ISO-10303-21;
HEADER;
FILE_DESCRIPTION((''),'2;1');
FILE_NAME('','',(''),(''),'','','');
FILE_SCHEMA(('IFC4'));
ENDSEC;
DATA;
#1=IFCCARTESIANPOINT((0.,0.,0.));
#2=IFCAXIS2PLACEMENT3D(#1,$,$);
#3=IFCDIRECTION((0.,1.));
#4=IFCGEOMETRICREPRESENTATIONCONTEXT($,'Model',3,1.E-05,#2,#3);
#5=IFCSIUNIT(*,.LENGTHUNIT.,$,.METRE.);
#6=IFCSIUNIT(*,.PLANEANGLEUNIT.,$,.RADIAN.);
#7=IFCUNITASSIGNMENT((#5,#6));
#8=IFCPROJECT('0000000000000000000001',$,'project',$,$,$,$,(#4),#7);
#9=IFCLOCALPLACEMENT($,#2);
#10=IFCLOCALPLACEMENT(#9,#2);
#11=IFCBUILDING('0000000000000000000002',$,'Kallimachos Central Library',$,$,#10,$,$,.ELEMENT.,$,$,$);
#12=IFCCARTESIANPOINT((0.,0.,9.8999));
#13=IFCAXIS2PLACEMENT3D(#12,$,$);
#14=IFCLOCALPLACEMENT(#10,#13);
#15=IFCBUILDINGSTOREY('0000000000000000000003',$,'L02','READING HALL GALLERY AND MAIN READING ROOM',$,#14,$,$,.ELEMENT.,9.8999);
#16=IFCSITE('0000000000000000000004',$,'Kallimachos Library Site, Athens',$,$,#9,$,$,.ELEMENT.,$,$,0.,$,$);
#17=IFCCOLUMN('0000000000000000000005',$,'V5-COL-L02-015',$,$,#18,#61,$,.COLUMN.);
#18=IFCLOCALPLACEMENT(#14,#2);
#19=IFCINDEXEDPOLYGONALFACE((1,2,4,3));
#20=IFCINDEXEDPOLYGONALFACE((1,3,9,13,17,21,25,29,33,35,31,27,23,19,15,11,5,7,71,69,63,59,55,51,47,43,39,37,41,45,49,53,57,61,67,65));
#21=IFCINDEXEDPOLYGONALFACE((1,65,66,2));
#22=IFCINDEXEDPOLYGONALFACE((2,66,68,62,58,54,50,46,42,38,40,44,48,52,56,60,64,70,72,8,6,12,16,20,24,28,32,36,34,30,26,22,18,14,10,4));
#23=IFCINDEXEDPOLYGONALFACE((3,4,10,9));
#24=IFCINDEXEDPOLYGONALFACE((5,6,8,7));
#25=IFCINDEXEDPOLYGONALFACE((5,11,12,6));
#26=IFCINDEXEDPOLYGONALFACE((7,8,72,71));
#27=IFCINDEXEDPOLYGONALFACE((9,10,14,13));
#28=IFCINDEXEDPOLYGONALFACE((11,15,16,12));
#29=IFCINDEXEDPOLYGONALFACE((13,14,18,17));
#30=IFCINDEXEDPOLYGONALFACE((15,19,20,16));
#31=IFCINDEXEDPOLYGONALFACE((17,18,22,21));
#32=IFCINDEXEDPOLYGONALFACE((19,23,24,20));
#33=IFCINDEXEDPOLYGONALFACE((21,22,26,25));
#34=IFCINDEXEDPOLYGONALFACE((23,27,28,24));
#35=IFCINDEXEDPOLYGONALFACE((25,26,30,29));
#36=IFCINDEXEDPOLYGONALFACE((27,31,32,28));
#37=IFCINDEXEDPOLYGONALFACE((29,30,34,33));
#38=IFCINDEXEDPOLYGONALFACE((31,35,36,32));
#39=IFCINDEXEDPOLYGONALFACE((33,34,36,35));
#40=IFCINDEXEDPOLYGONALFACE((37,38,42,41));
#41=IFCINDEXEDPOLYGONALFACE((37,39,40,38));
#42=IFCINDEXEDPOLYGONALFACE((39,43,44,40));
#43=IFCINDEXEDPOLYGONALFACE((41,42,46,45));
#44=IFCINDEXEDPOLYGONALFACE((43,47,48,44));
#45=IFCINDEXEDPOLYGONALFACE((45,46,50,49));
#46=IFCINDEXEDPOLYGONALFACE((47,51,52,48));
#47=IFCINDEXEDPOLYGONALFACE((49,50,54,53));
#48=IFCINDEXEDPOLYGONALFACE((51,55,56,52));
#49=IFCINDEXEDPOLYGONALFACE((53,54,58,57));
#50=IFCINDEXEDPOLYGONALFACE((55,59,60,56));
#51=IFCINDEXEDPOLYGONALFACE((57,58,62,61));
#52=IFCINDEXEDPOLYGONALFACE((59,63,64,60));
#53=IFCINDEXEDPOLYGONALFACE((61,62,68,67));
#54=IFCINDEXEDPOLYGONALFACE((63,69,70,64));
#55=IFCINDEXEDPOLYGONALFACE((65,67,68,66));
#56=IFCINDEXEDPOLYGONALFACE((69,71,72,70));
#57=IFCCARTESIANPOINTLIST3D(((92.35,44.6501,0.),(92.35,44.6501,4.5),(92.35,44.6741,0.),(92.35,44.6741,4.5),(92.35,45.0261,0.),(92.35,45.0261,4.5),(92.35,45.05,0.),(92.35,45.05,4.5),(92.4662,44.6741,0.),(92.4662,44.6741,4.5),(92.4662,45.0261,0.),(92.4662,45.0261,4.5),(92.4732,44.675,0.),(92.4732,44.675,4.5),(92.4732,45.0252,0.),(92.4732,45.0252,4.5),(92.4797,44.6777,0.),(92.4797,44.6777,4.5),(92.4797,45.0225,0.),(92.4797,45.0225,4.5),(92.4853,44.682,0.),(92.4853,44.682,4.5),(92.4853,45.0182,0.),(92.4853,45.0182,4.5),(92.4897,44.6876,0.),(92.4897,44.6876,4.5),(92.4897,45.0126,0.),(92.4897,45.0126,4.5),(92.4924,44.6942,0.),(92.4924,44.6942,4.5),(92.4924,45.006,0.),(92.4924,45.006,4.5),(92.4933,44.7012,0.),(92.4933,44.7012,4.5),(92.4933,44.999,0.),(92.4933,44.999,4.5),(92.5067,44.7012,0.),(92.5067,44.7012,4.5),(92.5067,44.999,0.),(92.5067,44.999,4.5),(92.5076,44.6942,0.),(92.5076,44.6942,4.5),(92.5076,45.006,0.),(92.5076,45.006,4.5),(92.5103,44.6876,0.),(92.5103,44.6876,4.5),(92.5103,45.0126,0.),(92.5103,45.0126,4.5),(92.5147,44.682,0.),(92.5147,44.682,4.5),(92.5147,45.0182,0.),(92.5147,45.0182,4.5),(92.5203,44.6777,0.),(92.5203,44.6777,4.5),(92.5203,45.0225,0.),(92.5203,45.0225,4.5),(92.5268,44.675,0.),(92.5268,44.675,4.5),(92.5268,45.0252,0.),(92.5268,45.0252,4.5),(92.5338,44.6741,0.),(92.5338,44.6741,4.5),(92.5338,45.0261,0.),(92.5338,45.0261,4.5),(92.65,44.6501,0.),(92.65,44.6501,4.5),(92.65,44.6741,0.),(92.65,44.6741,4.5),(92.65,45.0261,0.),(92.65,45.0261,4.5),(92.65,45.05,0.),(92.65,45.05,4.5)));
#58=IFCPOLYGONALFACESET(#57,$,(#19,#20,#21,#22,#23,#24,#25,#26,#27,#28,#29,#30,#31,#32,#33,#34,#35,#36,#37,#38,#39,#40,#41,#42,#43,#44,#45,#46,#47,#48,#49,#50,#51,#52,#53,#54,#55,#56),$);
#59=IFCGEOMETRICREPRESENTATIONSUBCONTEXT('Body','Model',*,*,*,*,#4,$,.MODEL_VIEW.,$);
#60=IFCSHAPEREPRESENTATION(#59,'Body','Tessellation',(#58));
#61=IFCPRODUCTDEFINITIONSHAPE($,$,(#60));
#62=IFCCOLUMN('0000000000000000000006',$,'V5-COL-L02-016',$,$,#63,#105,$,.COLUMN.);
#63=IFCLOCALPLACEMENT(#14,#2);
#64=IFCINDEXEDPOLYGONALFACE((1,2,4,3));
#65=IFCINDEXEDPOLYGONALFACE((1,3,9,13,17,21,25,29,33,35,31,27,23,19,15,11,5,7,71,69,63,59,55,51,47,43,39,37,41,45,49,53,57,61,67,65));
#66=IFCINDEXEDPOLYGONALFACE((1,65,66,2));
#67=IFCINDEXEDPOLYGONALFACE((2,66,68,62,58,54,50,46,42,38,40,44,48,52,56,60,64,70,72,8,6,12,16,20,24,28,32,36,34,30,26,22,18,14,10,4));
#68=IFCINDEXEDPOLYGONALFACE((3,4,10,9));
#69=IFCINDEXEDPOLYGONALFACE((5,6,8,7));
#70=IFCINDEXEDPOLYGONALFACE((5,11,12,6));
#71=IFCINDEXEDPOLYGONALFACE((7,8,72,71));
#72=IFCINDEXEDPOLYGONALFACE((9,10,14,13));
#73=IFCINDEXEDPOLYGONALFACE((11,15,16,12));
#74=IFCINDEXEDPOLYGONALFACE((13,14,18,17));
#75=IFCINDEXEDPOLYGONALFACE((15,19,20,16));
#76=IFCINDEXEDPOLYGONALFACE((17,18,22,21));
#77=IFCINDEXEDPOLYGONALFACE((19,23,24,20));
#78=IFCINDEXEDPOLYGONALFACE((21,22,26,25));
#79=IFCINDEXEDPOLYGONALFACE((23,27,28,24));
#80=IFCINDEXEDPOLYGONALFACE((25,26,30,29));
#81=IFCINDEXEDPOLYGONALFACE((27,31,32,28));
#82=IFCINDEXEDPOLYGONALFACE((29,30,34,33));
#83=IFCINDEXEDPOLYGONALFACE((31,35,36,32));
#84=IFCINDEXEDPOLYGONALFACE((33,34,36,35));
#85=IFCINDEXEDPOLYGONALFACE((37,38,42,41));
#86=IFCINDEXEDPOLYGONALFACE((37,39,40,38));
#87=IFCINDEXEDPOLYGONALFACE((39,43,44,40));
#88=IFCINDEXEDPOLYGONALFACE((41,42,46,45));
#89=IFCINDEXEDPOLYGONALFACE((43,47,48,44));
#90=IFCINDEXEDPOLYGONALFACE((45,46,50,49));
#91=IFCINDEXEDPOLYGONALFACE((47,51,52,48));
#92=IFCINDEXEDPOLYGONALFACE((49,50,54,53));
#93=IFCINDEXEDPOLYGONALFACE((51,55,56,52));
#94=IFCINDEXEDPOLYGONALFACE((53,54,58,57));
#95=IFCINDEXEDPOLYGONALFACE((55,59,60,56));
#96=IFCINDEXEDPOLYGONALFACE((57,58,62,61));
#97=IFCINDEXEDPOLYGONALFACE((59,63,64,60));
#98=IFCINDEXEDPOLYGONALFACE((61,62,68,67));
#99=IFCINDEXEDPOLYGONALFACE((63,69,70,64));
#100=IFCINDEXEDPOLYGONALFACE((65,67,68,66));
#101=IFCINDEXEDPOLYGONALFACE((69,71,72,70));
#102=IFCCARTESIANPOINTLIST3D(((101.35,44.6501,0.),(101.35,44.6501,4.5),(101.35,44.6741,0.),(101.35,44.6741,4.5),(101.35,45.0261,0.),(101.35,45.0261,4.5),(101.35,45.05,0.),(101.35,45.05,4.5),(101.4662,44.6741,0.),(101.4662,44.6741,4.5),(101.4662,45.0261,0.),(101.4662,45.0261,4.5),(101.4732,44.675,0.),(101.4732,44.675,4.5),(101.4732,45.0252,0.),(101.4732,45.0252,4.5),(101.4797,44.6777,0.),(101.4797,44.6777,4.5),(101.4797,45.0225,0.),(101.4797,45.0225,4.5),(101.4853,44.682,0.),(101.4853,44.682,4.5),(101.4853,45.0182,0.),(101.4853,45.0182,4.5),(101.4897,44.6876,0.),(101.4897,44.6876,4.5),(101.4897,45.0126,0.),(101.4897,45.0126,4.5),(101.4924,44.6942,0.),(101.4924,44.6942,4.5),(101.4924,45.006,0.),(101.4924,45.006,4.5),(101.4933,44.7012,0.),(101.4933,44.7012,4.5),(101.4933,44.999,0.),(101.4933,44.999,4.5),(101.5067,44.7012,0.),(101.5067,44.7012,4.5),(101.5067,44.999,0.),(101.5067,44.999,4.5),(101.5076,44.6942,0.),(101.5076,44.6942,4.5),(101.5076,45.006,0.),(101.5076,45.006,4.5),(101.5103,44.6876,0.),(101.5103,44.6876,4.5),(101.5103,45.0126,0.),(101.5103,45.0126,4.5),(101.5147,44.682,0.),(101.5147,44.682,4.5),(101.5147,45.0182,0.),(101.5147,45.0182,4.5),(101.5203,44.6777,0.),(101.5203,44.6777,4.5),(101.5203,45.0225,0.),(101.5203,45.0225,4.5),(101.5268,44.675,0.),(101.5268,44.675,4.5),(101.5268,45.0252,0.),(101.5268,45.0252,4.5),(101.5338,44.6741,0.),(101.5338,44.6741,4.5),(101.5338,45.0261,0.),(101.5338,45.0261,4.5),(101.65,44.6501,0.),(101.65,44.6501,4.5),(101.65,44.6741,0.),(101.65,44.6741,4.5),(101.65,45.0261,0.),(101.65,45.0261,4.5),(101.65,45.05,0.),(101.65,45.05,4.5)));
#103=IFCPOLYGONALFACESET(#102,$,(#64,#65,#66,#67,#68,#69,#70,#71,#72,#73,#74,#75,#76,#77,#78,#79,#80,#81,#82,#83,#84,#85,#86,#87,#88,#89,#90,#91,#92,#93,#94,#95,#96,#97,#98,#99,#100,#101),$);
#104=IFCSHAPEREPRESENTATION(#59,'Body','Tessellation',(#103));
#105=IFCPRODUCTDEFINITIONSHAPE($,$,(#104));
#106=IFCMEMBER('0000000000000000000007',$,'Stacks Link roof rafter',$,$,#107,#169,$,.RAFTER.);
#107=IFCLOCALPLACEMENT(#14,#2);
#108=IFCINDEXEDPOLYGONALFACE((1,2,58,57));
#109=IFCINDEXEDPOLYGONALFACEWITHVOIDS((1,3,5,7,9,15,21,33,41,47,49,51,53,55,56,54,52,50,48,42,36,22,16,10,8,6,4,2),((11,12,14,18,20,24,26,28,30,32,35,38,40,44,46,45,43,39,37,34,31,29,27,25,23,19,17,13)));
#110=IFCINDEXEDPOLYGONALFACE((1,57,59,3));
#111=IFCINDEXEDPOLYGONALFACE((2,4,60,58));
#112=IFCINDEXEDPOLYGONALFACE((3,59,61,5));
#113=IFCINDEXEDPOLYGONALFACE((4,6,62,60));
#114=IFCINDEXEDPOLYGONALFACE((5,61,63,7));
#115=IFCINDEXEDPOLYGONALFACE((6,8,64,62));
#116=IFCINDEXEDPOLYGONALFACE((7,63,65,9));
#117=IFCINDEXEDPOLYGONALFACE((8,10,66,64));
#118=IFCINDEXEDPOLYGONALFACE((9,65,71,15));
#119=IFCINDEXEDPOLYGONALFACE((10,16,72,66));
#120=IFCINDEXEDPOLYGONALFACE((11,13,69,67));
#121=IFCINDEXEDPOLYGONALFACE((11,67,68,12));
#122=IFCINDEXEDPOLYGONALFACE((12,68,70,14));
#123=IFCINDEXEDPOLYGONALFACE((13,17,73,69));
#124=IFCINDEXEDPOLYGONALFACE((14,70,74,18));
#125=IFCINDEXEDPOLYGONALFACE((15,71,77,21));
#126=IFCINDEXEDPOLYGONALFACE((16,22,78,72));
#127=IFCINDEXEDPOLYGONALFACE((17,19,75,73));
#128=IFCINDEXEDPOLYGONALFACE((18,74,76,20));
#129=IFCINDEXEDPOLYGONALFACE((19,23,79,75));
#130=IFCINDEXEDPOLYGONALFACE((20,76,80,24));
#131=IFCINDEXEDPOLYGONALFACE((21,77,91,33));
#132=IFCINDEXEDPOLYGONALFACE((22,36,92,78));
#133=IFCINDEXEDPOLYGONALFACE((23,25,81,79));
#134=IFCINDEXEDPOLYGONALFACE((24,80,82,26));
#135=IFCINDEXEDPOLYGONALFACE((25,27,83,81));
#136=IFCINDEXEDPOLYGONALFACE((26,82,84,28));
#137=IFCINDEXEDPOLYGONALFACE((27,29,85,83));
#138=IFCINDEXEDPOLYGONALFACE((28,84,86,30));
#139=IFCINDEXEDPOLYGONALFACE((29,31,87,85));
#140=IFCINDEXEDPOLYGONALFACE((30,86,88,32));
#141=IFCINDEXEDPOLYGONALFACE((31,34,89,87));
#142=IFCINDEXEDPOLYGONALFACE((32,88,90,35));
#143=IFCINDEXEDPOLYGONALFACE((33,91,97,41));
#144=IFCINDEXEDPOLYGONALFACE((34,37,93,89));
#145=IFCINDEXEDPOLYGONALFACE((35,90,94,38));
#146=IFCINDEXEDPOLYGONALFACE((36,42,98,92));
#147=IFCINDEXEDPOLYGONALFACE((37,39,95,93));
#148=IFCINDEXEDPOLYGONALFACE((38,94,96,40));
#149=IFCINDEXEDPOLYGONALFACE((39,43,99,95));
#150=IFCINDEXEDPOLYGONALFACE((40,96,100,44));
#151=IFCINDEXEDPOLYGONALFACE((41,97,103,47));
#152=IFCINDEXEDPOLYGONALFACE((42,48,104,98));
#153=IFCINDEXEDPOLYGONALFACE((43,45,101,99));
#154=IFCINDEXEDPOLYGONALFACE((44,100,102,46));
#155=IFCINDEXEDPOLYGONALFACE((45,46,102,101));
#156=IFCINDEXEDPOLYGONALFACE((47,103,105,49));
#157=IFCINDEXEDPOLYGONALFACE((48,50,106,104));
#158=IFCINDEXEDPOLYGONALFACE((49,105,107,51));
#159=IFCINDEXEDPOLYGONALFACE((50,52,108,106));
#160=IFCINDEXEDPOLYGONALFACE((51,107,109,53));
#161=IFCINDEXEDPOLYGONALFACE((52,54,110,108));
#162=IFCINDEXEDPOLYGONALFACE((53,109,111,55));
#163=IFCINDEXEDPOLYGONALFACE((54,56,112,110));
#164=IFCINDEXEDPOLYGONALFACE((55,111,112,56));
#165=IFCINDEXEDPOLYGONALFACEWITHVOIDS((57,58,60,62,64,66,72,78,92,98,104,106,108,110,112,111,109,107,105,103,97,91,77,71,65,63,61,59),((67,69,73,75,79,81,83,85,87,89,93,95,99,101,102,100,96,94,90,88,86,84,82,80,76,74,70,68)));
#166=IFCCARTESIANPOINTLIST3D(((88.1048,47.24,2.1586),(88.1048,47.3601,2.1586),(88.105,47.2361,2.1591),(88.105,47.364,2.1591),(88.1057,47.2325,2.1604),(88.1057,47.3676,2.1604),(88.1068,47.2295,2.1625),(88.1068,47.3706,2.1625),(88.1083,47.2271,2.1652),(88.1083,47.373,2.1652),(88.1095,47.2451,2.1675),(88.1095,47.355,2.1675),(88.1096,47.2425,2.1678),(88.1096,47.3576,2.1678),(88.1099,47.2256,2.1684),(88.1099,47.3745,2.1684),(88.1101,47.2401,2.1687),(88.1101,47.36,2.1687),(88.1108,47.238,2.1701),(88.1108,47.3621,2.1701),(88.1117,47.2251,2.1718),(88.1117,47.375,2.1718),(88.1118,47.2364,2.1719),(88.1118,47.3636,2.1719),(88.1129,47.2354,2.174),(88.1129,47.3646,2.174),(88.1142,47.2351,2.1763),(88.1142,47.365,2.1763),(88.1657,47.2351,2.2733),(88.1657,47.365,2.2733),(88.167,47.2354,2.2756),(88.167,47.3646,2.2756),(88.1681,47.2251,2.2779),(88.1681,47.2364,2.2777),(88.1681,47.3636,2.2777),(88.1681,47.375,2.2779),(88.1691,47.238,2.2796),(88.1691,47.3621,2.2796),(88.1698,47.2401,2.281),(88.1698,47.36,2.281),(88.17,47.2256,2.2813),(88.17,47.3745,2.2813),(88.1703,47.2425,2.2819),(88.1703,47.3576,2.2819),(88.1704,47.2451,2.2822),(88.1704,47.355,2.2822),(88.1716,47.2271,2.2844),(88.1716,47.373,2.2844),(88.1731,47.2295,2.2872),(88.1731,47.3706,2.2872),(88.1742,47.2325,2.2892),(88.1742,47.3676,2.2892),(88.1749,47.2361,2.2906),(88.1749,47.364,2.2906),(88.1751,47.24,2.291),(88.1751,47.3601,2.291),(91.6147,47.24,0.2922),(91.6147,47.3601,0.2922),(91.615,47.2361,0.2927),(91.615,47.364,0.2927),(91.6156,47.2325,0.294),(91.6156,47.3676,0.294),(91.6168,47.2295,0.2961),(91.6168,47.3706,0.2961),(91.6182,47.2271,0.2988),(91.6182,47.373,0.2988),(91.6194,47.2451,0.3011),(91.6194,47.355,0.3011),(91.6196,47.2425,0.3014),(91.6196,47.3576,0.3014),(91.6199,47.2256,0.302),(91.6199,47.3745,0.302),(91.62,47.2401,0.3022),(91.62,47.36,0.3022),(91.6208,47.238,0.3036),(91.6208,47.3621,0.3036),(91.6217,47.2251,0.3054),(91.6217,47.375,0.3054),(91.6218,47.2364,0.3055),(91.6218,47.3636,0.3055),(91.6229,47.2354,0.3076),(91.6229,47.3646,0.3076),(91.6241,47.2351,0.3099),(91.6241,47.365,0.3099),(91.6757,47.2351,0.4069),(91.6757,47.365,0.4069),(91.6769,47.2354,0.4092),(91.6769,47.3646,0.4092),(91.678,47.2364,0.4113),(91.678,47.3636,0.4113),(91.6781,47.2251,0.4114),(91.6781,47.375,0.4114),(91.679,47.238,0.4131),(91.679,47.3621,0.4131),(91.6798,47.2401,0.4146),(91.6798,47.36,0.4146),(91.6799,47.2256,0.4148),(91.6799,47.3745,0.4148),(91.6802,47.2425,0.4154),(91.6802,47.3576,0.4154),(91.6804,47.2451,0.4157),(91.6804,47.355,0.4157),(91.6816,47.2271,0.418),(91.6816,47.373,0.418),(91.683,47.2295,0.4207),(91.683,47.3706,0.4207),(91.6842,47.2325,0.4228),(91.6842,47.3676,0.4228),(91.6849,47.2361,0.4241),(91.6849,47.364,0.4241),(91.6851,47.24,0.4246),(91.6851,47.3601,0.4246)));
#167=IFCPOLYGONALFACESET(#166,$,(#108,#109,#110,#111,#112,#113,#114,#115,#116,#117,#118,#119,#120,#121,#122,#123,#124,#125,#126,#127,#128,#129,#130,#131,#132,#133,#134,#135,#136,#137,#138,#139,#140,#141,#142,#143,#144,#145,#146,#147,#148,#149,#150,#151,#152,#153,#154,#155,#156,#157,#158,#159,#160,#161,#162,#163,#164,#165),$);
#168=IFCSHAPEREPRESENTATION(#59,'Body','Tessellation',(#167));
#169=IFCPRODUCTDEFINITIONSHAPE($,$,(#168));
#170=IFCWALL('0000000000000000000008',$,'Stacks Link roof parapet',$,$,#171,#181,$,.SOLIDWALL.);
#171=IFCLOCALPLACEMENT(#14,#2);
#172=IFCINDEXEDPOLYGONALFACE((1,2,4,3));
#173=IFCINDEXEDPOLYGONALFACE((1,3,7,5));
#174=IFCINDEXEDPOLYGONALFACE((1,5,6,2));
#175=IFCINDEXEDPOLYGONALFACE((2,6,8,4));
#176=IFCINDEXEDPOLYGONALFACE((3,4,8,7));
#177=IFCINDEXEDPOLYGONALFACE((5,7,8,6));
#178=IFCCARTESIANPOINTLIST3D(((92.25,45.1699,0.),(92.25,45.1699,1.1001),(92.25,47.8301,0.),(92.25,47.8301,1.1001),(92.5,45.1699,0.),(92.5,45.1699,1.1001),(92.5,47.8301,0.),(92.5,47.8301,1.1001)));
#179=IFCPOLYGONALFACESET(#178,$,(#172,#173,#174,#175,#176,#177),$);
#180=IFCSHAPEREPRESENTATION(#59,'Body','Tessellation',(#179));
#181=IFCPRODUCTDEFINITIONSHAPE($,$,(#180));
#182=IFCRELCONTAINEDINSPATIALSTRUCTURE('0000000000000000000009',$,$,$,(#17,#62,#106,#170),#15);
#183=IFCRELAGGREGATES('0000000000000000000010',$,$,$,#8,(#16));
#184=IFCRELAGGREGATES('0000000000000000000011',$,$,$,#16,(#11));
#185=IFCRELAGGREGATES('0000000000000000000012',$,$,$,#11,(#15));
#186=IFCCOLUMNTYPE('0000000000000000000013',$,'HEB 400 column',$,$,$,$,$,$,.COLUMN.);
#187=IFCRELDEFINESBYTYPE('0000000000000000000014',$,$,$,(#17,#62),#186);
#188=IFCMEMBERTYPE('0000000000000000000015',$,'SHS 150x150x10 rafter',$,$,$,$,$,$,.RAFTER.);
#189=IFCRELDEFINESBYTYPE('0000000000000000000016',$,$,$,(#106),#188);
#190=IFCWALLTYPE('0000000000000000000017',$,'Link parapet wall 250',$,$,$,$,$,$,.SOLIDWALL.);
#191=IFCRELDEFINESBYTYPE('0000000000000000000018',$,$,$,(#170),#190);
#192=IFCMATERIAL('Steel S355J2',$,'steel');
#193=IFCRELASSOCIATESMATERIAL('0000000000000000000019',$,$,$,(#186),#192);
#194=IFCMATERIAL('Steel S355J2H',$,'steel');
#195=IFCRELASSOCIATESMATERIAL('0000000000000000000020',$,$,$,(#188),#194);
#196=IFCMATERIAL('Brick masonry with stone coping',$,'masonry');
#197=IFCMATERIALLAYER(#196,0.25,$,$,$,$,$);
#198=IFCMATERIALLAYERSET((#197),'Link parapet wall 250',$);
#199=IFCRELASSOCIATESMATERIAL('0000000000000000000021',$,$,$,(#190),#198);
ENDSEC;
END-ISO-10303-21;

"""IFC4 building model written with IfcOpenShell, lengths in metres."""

from ifc_helpers import new_model, si_unit, direction, frame, frame_2d, origin, origin_2d, place, context, subcontext, project, spatial, rectangle, hollow_rectangle, i_section, extrude, material, layer, layer_set, material_profile, profile_set, type_object, element, save


model = new_model("IFC4")

# Units and contexts
model_context = context("Model", 3, precision=1e-05, world=origin(), true_north=direction((0.0, 1.0)))
body_context = subcontext(model_context, "Body", "Model", "MODEL_VIEW")
ifc_project = project(units=[si_unit("LENGTHUNIT", "METRE"), si_unit("PLANEANGLEUNIT", "RADIAN")], contexts=[model_context])

# Site, building, storey
site_placement = place(None, origin())
site = spatial("IfcSite", under=ifc_project, at=site_placement, Name="Kallimachos Library Site, Athens", CompositionType="ELEMENT", RefElevation=0.0)
building_placement = place(site_placement, origin())
building = spatial("IfcBuilding", under=site, at=building_placement, Name="Kallimachos Central Library", CompositionType="ELEMENT")
storey_placement = place(building_placement, frame((0.0, 0.0, 9.8999)))
storey = spatial("IfcBuildingStorey", under=building, at=storey_placement, Name="L02", Description="READING HALL GALLERY AND MAIN READING ROOM", CompositionType="ELEMENT", Elevation=9.8999)

# Columns
ifc_material_1 = material(Name="Steel S355J2", Category="steel")
ifc_material_profile_1 = material_profile(ifc_material_1, i_section(OverallWidth=0.3, OverallDepth=0.3999, WebThickness=0.0134, FlangeThickness=0.0239, FilletRadius=0.0271, at=origin_2d()), Name="HEB 400")
ifc_profile_set_1 = profile_set([ifc_material_profile_1], Name="Steel S355J2")
column_type = type_object("IfcColumnType", Name="HEB 400 column", PredefinedType="COLUMN", material=ifc_profile_set_1)
for number, where, z_axis, x_axis, name in (
    (1, (92.5, 44.8501, 0.0), (0.0, 0.0, 1.0), (1.0, 0.0, 0.0), "V5-COL-L02-015"),
    (2, (101.5, 44.8501, 0.0), (0.0, 0.0, 1.0), (1.0, 0.0, 0.0), "V5-COL-L02-016"),
):
    element("IfcColumn", number, at=place(storey_placement, frame(where, z_axis=z_axis, x_axis=x_axis)), inside=storey, type_object=column_type, Name=name, PredefinedType="COLUMN", context=body_context, shape_type="SweptSolid", body=[
        extrude(i_section(OverallWidth=0.3, OverallDepth=0.3999, WebThickness=0.0134, FlangeThickness=0.0239, FilletRadius=0.0271, at=origin_2d()), origin(), (0.0, 0.0, 1.0), 4.5),
    ])

# Member
ifc_material_2 = material(Name="Steel S355J2H", Category="steel")
ifc_material_profile_2 = material_profile(ifc_material_2, hollow_rectangle(XDim=0.1499, YDim=0.1499, WallThickness=0.01, InnerFilletRadius=0.01, OuterFilletRadius=0.0149, at=origin_2d()), Name="SHS 150x150x10")
ifc_profile_set_2 = profile_set([ifc_material_profile_2], Name="Steel S355J2H")
member_type = type_object("IfcMemberType", Name="SHS 150x150x10 rafter", PredefinedType="RAFTER", material=ifc_profile_set_2)
member_placement = place(storey_placement, frame((91.6499, 47.3, 0.3584), z_axis=(-0.882932, 0.0, 0.469501), x_axis=(0.0, -1.0, 0.0)))
element("IfcMember", 3, at=member_placement, inside=storey, type_object=member_type, Name="Stacks Link roof rafter", PredefinedType="RAFTER", context=body_context, shape_type="SweptSolid", body=[
    extrude(hollow_rectangle(XDim=0.1499, YDim=0.1499, WallThickness=0.01, InnerFilletRadius=0.01, OuterFilletRadius=0.0149, at=origin_2d()), origin(), (0.0, 0.0, 1.0), 3.9753),
])

# Wall
ifc_material_3 = material(Name="Brick masonry with stone coping", Category="masonry")
ifc_layer_1 = layer(ifc_material_3, 0.25)
ifc_layer_set_1 = layer_set([ifc_layer_1], Name="Link parapet wall 250")
wall_type_1 = type_object("IfcWallType", Name="Link parapet wall 250", PredefinedType="SOLIDWALL", material=ifc_layer_set_1)
wall_1_placement = place(storey_placement, frame((92.375, 45.1699, 0.0), z_axis=(0.0, 0.0, 1.0), x_axis=(0.0, 1.0, 0.0)))
element("IfcWall", 4, at=wall_1_placement, inside=storey, type_object=wall_type_1, Name="Stacks Link roof parapet", PredefinedType="SOLIDWALL", context=body_context, shape_type="SweptSolid", body=[
    extrude(rectangle(XDim=2.6602, YDim=0.25, at=frame_2d((1.3301, 0.0))), origin(), (0.0, 0.0, 1.0), 1.1001),
])

save(model, "model.ifc")
